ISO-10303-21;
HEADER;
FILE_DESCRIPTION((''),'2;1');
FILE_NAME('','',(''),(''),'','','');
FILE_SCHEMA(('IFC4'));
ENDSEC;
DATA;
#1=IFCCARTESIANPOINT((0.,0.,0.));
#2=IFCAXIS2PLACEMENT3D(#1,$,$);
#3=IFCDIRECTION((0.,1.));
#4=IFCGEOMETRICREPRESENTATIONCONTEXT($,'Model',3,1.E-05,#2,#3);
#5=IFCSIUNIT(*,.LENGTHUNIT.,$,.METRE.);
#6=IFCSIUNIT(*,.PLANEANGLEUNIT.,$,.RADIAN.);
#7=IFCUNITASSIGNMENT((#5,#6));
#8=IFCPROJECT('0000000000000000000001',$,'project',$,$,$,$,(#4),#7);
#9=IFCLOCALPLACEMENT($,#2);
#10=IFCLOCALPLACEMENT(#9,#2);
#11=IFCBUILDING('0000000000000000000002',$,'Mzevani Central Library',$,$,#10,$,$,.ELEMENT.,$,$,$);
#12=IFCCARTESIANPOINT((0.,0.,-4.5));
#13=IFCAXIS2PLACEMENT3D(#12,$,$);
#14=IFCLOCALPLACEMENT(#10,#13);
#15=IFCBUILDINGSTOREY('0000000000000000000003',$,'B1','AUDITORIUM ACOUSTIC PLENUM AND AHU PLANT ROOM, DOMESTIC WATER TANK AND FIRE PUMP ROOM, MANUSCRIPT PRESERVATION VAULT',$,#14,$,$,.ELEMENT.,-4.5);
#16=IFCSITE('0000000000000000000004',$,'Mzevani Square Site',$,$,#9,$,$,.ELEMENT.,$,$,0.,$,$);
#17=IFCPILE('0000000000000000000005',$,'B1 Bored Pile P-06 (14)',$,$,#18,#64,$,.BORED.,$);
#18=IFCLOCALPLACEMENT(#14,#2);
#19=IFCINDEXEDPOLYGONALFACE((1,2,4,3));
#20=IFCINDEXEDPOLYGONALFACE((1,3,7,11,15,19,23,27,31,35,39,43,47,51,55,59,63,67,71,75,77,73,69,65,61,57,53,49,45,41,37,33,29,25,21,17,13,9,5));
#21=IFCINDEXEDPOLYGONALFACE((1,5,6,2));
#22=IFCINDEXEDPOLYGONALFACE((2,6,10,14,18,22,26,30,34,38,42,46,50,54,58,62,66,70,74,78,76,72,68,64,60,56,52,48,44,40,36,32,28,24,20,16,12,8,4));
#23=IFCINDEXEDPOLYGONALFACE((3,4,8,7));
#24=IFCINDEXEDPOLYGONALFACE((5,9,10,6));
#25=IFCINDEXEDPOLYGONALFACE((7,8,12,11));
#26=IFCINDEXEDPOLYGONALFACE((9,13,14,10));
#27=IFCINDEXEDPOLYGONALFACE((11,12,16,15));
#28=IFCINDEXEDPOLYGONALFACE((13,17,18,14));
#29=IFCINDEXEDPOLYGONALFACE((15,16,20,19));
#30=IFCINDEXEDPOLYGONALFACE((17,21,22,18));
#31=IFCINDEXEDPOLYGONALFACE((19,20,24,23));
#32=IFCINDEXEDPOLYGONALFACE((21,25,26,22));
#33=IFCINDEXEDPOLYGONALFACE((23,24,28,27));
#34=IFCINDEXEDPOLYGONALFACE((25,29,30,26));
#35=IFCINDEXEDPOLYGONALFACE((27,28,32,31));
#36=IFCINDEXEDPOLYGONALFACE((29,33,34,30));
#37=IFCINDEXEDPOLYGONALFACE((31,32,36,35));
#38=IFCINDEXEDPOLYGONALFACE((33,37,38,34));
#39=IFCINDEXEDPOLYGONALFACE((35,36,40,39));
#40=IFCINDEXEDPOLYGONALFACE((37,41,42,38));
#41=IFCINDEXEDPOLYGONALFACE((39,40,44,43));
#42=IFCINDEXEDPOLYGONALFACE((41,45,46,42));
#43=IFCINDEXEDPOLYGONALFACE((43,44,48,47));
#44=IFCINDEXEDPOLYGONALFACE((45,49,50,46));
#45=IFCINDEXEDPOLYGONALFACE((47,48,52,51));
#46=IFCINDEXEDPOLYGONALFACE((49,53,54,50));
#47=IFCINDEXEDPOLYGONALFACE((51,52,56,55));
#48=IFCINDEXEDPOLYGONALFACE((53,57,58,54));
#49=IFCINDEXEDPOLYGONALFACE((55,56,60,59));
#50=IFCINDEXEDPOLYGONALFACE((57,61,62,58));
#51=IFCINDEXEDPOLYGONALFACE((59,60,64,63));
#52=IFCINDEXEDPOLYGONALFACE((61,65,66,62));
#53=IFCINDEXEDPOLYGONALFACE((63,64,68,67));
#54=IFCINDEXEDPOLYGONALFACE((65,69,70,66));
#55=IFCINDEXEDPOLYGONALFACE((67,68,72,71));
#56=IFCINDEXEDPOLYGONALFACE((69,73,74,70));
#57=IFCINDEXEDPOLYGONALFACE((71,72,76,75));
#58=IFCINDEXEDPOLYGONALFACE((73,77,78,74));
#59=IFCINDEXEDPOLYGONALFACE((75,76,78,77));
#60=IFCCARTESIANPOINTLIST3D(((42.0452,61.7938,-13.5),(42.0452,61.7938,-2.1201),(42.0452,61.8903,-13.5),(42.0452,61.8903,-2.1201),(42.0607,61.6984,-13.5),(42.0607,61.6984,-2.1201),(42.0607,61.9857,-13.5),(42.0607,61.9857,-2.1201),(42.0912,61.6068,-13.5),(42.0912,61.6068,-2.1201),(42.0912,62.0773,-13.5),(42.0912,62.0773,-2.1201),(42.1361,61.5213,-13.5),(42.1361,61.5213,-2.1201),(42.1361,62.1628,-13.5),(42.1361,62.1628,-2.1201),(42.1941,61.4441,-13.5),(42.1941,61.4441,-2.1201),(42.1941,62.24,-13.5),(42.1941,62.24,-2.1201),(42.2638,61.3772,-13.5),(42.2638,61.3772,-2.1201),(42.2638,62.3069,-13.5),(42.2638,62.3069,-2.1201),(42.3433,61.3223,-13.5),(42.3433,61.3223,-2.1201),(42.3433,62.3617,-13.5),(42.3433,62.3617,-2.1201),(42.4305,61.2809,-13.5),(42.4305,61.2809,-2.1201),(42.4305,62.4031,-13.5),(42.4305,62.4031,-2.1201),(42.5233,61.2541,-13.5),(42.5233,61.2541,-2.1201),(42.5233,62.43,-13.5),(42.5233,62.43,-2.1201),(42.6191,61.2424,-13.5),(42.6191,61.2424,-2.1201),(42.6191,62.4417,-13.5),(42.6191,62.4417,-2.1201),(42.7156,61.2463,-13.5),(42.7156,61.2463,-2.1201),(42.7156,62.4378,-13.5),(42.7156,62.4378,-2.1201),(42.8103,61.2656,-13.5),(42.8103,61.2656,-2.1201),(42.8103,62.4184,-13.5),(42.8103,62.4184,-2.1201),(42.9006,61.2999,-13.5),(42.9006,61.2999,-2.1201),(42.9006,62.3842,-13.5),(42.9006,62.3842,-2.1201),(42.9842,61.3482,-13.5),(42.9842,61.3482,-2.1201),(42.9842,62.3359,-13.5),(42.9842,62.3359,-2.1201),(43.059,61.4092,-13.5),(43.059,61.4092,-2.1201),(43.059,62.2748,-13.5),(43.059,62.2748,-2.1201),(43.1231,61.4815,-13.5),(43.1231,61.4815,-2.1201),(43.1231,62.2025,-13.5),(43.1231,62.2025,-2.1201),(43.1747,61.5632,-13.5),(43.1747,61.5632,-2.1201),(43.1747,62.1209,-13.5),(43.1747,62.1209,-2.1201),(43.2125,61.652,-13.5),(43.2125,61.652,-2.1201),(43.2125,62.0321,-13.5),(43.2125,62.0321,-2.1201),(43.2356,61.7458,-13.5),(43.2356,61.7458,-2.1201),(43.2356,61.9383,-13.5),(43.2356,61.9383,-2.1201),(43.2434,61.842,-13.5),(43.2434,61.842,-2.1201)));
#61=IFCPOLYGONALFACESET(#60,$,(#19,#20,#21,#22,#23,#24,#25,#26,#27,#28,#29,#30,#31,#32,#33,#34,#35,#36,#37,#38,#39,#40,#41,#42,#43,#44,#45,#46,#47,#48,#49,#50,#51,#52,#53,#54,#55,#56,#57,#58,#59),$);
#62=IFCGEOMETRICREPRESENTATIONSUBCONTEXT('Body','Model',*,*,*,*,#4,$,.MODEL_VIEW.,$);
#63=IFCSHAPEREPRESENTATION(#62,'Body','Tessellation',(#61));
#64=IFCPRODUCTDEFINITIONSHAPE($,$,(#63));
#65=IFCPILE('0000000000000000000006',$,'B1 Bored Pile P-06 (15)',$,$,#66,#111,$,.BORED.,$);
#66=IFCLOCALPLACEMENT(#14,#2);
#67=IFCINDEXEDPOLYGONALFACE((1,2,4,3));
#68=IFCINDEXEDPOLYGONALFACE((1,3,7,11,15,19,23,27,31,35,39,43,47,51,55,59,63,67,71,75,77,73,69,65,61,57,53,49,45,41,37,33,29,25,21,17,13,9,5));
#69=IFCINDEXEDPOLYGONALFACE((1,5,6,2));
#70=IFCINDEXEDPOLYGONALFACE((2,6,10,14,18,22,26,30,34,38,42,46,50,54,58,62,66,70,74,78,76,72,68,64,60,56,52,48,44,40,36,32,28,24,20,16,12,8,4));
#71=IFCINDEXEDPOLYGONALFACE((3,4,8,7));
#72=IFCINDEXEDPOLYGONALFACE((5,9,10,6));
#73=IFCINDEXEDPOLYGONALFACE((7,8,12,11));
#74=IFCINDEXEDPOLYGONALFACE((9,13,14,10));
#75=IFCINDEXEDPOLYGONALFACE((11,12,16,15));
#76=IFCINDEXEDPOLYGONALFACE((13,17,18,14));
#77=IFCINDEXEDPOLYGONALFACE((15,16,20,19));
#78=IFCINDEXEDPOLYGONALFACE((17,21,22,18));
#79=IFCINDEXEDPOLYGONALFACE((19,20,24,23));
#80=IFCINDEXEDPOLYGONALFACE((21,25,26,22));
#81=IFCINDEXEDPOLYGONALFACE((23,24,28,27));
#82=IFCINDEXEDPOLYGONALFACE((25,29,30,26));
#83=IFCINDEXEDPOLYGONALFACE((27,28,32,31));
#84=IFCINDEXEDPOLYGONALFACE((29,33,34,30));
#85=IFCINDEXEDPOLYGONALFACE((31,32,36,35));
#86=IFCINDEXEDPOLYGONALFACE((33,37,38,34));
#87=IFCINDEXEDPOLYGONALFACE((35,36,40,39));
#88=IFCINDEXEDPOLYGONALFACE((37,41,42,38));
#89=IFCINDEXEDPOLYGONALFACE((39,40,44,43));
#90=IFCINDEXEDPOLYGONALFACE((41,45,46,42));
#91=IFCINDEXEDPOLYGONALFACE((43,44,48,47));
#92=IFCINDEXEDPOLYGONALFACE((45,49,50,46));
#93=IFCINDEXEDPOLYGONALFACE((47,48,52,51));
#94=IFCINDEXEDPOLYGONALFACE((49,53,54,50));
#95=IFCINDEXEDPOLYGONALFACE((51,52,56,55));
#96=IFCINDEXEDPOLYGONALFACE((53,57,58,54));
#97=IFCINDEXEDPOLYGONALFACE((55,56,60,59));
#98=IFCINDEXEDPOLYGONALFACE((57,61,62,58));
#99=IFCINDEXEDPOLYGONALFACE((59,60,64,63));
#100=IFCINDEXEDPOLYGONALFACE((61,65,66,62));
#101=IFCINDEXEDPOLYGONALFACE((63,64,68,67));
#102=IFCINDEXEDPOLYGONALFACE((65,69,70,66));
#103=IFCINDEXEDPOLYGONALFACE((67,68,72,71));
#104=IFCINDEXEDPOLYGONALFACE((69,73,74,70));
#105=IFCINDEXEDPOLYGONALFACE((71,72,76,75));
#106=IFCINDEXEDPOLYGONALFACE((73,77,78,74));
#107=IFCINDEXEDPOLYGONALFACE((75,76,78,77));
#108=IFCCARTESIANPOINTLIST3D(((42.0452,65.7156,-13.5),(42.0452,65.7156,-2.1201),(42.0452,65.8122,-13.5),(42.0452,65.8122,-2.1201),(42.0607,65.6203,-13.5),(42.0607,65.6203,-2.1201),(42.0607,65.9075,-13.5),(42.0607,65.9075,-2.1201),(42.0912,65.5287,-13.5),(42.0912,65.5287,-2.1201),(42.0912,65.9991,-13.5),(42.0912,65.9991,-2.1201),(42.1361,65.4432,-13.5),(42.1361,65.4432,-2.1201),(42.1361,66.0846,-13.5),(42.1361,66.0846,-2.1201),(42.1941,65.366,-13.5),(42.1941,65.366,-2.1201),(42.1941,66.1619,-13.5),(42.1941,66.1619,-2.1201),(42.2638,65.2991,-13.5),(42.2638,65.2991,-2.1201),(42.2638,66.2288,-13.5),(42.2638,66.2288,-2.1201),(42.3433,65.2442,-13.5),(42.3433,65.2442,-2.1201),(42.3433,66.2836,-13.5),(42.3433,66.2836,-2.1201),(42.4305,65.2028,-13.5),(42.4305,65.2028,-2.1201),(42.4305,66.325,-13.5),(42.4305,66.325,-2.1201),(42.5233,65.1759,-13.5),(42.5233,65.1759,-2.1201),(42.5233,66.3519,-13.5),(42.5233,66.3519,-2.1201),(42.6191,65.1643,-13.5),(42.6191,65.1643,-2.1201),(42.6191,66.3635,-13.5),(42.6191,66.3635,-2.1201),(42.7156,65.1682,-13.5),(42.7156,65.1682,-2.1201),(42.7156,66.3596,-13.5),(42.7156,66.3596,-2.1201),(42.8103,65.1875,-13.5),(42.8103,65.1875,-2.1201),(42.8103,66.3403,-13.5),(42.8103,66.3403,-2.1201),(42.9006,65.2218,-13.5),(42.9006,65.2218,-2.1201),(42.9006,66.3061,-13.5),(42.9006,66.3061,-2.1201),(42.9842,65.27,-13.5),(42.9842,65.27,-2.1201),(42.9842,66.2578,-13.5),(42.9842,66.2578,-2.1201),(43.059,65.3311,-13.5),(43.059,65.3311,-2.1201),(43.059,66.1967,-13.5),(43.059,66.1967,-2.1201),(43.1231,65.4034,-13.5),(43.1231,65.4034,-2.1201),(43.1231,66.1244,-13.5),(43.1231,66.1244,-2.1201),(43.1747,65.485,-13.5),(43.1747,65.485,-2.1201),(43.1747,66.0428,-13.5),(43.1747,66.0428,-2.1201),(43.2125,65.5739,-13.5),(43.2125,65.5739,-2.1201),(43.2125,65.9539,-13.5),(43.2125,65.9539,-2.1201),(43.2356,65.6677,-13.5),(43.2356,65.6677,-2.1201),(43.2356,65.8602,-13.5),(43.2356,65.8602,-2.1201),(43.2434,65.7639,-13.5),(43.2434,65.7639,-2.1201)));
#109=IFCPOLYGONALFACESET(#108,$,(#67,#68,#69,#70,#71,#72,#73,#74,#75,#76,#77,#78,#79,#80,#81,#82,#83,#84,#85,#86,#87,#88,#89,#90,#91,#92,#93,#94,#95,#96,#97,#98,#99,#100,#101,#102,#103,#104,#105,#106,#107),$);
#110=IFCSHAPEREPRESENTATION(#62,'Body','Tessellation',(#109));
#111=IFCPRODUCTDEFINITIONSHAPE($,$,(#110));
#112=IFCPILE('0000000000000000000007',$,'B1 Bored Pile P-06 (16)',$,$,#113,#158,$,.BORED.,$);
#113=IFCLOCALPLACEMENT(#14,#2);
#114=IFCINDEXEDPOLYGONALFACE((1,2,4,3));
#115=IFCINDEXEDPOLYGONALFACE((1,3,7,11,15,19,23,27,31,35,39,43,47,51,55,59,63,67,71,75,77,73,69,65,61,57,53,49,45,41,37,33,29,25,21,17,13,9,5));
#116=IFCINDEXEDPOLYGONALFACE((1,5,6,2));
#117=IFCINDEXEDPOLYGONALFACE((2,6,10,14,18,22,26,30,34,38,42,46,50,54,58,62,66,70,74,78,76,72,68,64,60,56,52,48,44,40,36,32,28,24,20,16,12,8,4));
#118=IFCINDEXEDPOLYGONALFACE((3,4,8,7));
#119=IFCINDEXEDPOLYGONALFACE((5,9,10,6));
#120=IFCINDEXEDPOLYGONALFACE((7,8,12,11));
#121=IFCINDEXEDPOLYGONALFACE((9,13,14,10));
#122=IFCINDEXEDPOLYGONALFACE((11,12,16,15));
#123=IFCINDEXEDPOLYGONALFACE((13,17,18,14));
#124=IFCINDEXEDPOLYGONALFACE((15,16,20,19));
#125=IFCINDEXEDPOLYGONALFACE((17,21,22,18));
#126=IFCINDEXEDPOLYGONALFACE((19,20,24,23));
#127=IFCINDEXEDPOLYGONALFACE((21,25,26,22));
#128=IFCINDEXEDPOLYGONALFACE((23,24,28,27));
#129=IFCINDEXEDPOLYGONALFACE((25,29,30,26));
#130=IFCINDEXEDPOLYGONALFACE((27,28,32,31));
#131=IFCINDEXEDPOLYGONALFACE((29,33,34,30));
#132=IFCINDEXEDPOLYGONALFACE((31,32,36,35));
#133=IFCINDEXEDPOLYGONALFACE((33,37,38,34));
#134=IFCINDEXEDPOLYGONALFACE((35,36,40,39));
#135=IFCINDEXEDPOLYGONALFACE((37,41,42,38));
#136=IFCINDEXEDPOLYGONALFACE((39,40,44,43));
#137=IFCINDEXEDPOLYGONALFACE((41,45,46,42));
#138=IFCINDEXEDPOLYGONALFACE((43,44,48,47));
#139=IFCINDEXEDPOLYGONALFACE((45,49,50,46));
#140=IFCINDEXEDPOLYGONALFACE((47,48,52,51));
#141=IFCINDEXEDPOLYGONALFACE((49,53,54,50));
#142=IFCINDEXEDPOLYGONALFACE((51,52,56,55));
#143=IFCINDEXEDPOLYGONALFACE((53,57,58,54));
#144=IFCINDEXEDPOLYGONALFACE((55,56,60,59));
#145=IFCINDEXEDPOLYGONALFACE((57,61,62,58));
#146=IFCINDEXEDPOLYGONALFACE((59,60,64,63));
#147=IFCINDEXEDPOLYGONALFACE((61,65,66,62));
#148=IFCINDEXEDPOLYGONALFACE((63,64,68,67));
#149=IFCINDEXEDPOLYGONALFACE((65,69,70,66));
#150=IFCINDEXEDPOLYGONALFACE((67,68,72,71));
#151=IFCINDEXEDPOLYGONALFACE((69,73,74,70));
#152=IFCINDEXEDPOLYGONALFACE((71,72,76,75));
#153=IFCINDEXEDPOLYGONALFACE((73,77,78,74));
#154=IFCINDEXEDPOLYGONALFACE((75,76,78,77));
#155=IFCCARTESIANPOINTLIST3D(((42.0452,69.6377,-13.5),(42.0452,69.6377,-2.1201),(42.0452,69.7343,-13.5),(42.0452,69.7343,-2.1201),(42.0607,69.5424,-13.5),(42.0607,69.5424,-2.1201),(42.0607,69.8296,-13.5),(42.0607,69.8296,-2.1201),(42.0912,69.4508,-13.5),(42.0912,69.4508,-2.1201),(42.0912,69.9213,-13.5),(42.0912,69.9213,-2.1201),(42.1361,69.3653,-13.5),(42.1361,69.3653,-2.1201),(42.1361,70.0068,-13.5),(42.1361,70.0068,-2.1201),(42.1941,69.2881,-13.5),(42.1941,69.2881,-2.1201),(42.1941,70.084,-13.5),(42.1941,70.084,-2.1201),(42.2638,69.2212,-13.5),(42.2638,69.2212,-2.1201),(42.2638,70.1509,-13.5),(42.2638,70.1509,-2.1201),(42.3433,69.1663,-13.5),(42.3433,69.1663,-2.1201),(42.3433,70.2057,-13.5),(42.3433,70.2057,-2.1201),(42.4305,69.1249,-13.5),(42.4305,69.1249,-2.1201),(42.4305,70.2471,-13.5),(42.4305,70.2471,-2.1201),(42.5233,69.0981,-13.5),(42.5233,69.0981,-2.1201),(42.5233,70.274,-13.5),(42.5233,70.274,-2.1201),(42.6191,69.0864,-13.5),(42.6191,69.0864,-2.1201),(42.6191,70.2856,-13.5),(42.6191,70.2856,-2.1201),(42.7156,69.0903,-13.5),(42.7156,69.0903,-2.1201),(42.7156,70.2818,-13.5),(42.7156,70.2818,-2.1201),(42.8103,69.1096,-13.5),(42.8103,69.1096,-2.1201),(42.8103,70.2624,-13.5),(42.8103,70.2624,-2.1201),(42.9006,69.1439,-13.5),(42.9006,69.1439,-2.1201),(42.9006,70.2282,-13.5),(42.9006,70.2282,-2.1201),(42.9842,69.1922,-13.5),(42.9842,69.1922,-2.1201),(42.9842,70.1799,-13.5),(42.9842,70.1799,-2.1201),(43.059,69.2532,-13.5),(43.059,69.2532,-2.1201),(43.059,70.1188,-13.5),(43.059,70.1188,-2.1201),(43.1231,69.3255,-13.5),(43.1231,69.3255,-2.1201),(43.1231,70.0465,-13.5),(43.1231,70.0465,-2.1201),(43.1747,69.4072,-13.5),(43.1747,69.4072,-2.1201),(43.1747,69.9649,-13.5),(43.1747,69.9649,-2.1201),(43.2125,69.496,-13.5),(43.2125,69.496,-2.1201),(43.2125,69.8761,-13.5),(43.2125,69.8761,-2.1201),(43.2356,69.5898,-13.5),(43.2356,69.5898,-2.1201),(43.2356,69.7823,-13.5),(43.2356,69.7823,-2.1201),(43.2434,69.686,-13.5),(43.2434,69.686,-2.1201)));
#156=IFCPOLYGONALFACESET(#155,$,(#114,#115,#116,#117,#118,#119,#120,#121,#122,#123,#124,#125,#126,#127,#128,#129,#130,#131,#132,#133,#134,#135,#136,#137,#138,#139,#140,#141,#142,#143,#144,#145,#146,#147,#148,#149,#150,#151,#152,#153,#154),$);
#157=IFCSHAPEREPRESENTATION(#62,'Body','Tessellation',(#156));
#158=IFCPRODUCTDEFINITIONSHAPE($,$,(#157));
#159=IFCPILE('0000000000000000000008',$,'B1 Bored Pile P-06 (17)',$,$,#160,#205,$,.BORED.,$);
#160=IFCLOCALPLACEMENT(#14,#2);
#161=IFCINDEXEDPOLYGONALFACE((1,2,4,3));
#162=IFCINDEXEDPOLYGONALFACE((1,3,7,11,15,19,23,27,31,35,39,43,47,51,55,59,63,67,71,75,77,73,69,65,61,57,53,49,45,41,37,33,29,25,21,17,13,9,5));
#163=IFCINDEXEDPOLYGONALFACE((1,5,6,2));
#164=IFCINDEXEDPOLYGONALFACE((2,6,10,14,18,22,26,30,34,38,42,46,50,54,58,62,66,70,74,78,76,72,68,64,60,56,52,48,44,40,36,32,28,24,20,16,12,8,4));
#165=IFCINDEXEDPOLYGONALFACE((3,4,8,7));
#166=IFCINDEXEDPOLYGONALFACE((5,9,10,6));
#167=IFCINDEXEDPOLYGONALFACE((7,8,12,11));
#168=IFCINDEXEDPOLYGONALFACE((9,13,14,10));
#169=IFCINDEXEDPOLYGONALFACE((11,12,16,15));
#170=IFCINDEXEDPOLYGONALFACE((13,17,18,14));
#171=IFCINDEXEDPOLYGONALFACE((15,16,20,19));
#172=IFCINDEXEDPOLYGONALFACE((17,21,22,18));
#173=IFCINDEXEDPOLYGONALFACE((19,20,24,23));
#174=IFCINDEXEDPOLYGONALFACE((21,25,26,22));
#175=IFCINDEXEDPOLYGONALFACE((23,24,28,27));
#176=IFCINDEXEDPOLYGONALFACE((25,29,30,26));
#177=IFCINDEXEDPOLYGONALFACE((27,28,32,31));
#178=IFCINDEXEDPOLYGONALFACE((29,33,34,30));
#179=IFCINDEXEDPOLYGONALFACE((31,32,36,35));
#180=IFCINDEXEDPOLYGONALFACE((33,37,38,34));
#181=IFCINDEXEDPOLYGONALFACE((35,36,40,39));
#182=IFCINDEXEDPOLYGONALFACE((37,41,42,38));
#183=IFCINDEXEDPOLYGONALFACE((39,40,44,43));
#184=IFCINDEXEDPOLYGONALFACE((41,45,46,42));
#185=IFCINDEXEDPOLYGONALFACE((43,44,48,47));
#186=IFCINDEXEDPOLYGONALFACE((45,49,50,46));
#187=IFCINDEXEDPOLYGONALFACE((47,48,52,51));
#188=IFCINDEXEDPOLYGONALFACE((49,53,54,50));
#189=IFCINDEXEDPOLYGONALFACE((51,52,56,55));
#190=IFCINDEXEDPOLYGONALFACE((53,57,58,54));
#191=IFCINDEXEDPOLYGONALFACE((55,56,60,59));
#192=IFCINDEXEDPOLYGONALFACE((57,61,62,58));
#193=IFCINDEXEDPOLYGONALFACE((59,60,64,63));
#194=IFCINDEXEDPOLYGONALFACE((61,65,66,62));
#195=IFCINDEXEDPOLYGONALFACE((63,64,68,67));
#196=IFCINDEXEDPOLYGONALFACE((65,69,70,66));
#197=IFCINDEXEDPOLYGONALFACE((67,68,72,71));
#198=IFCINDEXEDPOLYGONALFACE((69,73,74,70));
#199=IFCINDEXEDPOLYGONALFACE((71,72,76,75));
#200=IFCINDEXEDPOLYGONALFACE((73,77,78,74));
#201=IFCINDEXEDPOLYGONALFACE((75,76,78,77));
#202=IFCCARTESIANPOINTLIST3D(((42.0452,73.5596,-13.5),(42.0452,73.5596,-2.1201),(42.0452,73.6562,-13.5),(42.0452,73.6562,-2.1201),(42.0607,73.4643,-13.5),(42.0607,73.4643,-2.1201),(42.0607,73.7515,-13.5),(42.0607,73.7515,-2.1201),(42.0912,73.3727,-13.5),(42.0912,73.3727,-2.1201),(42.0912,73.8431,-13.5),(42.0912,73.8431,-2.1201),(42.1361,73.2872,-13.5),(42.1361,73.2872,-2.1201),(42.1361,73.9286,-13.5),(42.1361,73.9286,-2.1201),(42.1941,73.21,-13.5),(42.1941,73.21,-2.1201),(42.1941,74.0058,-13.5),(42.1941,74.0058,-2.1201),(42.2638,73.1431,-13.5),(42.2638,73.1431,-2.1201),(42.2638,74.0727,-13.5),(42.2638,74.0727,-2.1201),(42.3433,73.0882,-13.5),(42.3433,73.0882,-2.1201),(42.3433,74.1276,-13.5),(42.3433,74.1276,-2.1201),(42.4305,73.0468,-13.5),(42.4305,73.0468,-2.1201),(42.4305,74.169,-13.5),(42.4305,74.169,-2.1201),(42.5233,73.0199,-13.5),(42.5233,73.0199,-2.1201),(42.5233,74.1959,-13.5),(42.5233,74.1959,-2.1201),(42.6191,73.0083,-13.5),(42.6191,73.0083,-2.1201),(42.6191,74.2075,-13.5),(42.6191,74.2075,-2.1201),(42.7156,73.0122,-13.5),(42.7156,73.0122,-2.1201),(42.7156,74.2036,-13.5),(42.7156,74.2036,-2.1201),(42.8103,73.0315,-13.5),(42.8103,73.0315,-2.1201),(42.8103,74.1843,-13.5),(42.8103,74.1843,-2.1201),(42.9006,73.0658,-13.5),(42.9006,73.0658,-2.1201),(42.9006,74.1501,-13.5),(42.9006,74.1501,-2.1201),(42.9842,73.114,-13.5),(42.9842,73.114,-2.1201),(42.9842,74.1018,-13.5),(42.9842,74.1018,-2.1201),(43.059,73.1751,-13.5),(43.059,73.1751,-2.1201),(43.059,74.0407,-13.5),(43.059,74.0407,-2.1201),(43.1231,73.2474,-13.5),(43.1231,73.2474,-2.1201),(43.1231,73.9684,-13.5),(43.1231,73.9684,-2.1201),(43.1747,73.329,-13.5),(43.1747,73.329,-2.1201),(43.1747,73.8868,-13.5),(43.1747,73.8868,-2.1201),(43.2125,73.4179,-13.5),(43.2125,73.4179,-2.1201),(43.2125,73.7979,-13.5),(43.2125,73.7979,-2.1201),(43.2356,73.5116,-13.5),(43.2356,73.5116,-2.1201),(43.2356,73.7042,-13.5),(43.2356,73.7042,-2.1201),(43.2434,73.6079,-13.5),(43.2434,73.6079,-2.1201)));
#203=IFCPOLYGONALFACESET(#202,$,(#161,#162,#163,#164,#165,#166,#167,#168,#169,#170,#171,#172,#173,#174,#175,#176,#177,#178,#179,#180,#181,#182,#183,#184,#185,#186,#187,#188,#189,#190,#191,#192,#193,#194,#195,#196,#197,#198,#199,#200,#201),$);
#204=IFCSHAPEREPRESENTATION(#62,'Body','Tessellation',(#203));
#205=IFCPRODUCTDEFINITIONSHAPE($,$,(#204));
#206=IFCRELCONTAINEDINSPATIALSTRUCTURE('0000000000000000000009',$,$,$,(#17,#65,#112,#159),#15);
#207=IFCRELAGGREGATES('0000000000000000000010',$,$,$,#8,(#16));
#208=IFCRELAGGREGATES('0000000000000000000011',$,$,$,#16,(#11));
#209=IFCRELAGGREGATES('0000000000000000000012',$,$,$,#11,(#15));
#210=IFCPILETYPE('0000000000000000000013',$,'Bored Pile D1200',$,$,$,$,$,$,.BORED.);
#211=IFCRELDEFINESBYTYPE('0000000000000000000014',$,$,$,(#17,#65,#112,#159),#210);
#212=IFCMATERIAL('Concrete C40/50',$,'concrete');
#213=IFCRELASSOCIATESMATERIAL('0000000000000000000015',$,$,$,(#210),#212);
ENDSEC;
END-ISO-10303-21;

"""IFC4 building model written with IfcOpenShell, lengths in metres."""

from ifc_helpers import new_model, si_unit, direction, frame, origin, origin_2d, place, context, subcontext, project, spatial, circle, extrude, material, material_profile, profile_set, type_object, element, save


model = new_model("IFC4")

# Units and contexts
model_context = context("Model", 3, precision=1e-05, world=origin(), true_north=direction((0.0, 1.0)))
body_context = subcontext(model_context, "Body", "Model", "MODEL_VIEW")
ifc_project = project(units=[si_unit("LENGTHUNIT", "METRE"), si_unit("PLANEANGLEUNIT", "RADIAN")], contexts=[model_context])

# Site, building, storey
site_placement = place(None, origin())
site = spatial("IfcSite", under=ifc_project, at=site_placement, Name="Mzevani Square Site", CompositionType="ELEMENT", RefElevation=0.0)
building_placement = place(site_placement, origin())
building = spatial("IfcBuilding", under=site, at=building_placement, Name="Mzevani Central Library", CompositionType="ELEMENT")
storey_placement = place(building_placement, frame((0.0, 0.0, -4.5)))
storey = spatial("IfcBuildingStorey", under=building, at=storey_placement, Name="B1", Description="AUDITORIUM ACOUSTIC PLENUM AND AHU PLANT ROOM, DOMESTIC WATER TANK AND FIRE PUMP ROOM, MANUSCRIPT PRESERVATION VAULT", CompositionType="ELEMENT", Elevation=-4.5)

# Piles
ifc_material_1 = material(Name="Concrete C40/50", Category="concrete")
ifc_material_profile_1 = material_profile(ifc_material_1, circle(Radius=0.6001, at=origin_2d()), Name="PILE D1200")
ifc_profile_set_1 = profile_set([ifc_material_profile_1], Name="Concrete C40/50")
pile_type_1 = type_object("IfcPileType", Name="Bored Pile D1200", PredefinedType="BORED", material=ifc_profile_set_1)
for number, where, z_axis, x_axis, name in (
    (1, (42.6433, 61.842, -2.1201), (0.0, 0.0, -1.0), (1.0, 0.0, 0.0), "B1 Bored Pile P-06 (14)"),
    (2, (42.6433, 65.7639, -2.1201), (0.0, 0.0, -1.0), (1.0, 0.0, 0.0), "B1 Bored Pile P-06 (15)"),
    (3, (42.6433, 69.686, -2.1201), (0.0, 0.0, -1.0), (1.0, 0.0, 0.0), "B1 Bored Pile P-06 (16)"),
    (4, (42.6433, 73.6079, -2.1201), (0.0, 0.0, -1.0), (1.0, 0.0, 0.0), "B1 Bored Pile P-06 (17)"),
):
    element("IfcPile", number, at=place(storey_placement, frame(where, z_axis=z_axis, x_axis=x_axis)), inside=storey, type_object=pile_type_1, Name=name, PredefinedType="BORED", context=body_context, shape_type="SweptSolid", body=[
        extrude(circle(Radius=0.6001, at=origin_2d()), origin(), (0.0, 0.0, 1.0), 11.3799),
    ])

save(model, "model.ifc")
